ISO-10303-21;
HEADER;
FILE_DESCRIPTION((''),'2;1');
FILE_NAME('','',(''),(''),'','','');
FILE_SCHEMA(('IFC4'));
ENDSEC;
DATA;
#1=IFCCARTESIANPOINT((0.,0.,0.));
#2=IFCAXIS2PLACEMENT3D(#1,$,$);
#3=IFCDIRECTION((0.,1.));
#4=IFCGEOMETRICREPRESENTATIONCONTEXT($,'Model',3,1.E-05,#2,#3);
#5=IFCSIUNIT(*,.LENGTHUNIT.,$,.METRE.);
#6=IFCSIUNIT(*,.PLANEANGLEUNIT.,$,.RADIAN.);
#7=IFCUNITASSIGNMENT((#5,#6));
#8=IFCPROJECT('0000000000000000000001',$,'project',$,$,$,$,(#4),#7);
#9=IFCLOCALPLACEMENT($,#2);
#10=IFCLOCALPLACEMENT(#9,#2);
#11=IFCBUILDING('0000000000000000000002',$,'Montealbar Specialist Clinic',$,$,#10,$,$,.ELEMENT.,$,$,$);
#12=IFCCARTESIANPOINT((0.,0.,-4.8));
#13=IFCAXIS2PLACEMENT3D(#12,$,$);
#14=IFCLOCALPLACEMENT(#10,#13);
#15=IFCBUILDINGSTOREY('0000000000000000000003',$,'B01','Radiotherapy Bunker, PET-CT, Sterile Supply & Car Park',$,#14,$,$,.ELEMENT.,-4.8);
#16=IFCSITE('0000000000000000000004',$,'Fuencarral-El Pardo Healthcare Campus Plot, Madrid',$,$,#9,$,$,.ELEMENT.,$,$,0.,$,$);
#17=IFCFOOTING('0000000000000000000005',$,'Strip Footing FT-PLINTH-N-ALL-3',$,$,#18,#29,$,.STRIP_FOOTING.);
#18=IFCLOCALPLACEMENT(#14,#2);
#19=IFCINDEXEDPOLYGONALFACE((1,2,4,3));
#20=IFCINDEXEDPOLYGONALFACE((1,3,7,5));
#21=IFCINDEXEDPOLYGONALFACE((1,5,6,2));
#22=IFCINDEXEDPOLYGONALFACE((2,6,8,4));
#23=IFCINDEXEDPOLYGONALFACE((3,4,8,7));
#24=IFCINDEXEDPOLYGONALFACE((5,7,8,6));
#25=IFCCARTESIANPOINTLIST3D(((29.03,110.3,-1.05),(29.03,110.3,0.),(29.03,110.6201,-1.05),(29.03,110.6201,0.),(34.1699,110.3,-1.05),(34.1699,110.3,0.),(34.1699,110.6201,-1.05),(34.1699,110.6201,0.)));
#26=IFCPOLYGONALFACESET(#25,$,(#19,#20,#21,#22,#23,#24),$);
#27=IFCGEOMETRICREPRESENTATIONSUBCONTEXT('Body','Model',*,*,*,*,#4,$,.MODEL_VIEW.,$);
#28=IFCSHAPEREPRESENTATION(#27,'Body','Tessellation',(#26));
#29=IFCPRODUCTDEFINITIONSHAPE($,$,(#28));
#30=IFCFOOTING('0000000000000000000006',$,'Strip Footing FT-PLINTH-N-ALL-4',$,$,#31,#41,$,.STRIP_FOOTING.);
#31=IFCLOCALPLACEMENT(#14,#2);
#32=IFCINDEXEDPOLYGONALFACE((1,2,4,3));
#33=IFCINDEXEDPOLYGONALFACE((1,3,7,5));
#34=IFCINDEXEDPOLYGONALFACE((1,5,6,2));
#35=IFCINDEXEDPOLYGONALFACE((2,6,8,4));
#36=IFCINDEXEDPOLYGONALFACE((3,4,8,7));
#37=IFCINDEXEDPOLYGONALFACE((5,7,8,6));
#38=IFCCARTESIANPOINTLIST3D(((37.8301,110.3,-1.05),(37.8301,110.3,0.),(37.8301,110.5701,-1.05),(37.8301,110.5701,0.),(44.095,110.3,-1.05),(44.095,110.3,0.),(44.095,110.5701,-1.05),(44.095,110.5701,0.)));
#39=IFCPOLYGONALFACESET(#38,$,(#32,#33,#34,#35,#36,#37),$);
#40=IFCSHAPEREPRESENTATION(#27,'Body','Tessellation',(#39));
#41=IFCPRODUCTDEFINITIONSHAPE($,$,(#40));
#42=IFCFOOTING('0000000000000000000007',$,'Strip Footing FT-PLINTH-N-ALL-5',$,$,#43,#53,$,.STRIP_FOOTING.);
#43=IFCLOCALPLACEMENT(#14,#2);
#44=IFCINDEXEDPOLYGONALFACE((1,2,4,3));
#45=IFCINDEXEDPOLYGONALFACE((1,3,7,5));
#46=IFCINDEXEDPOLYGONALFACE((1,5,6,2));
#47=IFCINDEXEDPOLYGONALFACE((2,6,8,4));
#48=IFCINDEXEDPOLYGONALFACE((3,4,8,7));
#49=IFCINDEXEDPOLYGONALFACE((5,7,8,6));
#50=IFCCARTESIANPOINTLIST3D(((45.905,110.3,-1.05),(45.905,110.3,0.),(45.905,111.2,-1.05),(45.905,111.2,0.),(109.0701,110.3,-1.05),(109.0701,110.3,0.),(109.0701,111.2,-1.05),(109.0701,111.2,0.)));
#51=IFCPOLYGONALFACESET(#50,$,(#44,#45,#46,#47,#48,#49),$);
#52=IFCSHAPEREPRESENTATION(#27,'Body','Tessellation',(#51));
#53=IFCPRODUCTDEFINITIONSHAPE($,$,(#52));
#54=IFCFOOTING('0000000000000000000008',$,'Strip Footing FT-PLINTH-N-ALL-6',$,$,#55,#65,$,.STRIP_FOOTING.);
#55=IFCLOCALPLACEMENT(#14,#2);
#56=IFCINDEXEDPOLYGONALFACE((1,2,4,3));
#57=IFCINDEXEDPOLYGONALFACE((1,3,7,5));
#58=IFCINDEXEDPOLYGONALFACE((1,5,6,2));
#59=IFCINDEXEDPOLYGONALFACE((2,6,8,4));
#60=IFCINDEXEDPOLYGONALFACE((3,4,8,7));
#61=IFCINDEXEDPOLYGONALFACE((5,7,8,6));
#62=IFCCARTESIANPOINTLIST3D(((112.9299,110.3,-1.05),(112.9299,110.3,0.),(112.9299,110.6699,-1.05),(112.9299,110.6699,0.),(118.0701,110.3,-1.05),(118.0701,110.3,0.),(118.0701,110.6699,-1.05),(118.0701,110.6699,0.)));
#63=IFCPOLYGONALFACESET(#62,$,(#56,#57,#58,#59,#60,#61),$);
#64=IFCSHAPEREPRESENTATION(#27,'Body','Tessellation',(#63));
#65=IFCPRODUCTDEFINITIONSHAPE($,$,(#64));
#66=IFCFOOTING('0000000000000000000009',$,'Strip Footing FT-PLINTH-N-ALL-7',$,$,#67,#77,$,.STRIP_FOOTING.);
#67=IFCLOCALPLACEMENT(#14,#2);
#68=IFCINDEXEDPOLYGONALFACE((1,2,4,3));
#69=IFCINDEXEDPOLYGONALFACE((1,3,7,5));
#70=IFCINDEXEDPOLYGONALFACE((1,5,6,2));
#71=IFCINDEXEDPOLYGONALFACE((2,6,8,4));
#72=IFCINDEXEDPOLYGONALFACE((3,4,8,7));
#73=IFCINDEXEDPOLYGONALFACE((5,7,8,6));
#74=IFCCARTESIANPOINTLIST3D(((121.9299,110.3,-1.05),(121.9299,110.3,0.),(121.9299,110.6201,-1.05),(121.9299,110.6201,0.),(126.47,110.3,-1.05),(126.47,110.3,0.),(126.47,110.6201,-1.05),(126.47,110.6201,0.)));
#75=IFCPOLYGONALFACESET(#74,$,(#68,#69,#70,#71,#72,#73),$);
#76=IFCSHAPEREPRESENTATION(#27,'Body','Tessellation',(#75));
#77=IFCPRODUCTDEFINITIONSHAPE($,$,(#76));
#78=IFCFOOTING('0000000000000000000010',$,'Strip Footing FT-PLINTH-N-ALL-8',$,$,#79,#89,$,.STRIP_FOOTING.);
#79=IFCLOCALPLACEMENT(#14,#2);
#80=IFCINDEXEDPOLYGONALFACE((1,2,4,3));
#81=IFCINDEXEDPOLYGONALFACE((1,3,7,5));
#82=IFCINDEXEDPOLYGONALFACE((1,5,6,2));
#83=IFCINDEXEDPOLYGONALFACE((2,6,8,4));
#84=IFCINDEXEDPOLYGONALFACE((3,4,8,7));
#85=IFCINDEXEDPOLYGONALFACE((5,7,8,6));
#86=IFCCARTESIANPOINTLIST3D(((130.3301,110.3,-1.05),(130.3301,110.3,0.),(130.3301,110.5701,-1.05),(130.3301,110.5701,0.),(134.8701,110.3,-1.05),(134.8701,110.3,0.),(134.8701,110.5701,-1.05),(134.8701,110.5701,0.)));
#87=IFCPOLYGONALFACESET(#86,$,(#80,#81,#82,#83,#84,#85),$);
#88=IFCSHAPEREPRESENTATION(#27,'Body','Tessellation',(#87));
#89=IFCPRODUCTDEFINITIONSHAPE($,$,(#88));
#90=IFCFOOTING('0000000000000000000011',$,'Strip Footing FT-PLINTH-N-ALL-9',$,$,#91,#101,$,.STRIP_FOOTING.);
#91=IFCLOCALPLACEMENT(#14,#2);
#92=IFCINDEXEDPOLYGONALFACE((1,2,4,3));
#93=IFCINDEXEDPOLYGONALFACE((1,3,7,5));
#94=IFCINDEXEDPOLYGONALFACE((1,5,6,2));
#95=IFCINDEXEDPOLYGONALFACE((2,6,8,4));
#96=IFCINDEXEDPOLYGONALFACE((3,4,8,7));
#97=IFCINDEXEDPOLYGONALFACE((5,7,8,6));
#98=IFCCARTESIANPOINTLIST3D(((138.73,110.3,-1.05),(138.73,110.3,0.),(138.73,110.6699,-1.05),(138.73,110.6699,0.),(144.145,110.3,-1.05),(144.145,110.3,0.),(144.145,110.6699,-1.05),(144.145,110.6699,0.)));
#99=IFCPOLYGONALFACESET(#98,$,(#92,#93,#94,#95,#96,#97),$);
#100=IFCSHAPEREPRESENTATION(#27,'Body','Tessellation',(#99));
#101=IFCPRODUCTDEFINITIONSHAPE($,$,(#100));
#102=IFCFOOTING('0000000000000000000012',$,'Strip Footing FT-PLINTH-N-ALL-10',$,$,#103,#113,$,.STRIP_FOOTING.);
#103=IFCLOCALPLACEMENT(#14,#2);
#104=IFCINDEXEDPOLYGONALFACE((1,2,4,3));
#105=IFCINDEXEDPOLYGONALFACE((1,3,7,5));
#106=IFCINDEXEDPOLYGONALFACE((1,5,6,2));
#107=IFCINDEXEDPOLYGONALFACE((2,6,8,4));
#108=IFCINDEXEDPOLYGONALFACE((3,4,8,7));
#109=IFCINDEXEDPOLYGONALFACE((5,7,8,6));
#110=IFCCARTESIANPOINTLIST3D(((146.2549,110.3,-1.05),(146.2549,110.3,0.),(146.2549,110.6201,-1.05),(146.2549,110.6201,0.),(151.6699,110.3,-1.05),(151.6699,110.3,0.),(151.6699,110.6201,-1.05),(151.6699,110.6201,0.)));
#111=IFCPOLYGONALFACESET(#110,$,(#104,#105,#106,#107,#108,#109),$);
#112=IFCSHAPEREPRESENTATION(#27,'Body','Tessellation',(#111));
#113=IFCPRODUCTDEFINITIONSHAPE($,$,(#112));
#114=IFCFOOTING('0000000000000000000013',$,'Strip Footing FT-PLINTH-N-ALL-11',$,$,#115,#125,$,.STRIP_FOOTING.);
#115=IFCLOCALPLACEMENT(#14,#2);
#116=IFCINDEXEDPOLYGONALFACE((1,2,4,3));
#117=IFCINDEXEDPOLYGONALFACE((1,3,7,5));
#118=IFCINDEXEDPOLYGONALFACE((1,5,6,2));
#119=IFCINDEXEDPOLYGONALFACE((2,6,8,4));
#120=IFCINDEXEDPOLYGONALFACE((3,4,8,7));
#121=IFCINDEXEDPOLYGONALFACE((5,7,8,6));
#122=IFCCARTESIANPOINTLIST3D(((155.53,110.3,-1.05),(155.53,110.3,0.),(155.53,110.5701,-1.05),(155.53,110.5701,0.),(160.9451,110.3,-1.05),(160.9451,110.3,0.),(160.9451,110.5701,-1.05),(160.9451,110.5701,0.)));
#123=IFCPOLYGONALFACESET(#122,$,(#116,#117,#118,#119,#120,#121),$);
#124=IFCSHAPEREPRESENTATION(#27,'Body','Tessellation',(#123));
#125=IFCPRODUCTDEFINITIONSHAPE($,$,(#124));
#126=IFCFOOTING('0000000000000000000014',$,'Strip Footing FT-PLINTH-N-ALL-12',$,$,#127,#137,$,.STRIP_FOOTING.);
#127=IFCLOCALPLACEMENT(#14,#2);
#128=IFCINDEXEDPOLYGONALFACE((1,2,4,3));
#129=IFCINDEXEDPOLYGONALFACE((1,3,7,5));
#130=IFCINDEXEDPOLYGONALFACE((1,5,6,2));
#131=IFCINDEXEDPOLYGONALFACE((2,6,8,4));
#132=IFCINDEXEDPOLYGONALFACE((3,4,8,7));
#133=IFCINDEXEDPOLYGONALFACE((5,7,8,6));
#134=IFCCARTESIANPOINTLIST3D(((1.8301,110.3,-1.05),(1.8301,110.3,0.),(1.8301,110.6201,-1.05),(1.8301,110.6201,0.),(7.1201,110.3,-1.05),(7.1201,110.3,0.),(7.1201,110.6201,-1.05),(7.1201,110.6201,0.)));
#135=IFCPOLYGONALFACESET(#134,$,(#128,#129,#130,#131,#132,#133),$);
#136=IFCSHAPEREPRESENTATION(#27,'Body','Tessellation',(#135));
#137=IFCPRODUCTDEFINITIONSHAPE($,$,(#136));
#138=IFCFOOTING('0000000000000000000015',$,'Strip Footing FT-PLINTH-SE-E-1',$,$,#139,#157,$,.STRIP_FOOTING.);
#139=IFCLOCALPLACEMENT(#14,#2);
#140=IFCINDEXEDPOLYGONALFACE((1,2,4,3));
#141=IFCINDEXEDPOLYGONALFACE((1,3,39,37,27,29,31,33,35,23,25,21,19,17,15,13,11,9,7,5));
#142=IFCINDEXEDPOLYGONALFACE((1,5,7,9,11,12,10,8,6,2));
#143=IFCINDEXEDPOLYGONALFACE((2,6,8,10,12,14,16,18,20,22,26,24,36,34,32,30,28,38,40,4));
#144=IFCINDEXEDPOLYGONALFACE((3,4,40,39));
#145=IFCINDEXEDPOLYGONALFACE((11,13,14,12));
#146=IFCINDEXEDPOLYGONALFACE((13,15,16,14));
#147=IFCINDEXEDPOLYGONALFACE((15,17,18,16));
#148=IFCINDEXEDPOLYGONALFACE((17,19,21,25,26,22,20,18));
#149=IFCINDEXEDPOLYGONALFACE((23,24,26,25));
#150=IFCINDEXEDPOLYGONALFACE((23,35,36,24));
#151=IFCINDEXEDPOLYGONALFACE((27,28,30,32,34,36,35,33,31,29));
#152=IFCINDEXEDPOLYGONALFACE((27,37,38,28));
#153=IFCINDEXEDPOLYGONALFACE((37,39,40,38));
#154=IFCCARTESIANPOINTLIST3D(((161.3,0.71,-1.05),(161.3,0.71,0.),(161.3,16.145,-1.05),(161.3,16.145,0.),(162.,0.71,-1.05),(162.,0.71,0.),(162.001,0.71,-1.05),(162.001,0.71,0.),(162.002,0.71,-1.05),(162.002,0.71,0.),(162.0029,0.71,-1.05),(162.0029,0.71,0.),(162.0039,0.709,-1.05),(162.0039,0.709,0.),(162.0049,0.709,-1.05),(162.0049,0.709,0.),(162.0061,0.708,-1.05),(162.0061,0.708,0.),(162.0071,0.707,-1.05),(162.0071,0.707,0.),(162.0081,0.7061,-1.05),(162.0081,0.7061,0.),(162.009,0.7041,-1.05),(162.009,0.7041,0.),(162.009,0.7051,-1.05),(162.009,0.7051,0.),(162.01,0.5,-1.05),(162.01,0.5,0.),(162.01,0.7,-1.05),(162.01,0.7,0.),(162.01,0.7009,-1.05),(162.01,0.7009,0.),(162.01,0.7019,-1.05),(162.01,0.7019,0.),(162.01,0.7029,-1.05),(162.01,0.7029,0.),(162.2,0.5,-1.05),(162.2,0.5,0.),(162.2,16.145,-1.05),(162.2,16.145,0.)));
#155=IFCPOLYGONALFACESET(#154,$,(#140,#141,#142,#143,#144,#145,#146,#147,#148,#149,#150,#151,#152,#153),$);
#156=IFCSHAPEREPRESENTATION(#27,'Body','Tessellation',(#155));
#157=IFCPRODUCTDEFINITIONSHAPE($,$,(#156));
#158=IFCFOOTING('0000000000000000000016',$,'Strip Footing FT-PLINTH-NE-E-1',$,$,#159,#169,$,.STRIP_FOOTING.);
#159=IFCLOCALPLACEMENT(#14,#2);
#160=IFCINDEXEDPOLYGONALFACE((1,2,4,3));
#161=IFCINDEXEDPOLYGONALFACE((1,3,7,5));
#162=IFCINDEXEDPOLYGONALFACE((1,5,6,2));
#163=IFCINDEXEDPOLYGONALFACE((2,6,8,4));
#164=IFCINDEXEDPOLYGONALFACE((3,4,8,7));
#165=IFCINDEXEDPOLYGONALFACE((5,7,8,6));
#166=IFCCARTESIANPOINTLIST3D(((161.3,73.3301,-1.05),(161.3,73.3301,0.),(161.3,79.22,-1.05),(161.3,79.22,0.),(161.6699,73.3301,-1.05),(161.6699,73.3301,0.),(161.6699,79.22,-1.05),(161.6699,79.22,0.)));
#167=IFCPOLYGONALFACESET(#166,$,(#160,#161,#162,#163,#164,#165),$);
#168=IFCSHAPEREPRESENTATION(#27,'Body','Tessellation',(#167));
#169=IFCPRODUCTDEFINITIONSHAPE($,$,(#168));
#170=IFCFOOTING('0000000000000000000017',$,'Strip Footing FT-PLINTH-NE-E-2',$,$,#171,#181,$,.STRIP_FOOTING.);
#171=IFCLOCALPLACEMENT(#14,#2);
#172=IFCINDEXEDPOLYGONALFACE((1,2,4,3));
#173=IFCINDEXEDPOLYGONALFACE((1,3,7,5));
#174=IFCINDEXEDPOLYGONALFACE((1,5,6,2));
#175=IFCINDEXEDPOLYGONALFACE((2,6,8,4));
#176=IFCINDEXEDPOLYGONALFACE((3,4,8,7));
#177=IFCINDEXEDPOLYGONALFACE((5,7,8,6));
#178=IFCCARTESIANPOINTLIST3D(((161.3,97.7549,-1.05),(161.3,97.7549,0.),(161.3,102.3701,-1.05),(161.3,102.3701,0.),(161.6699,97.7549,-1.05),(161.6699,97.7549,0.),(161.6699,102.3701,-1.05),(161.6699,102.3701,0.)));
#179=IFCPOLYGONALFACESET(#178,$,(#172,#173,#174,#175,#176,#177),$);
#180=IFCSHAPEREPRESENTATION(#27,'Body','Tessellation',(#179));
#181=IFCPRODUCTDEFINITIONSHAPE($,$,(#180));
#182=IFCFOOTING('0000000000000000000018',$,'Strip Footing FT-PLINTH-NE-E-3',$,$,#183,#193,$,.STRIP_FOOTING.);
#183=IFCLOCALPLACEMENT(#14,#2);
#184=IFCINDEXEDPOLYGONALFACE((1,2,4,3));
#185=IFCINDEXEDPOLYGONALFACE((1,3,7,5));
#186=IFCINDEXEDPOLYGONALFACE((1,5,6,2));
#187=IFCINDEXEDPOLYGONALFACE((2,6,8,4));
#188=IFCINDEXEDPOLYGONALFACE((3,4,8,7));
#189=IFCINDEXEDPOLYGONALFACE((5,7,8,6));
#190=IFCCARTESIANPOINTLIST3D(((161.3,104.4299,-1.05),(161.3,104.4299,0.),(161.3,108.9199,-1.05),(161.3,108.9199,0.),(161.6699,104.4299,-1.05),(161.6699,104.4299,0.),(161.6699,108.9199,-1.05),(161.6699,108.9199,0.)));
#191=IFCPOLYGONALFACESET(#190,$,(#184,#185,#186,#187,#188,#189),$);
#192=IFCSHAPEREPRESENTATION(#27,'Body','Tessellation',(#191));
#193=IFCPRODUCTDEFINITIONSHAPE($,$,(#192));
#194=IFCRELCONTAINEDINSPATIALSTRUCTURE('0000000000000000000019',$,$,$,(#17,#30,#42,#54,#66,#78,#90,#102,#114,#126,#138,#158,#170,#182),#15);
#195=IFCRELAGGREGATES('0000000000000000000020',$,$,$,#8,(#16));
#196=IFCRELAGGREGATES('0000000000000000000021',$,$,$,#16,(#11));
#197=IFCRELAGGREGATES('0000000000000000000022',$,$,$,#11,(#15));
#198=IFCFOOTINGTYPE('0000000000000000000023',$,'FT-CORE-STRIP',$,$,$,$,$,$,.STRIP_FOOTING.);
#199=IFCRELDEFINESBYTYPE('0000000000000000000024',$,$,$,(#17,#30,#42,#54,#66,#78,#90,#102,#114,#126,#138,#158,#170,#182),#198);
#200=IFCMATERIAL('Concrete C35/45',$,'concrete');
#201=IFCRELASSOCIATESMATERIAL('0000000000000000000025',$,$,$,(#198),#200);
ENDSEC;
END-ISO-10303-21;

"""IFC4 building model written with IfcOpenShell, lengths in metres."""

from ifc_helpers import new_model, si_unit, direction, frame, origin, place, context, subcontext, project, spatial, polyline, outline, extrude, material, type_object, element, save


model = new_model("IFC4")

# Units and contexts
model_context = context("Model", 3, precision=1e-05, world=origin(), true_north=direction((0.0, 1.0)))
body_context = subcontext(model_context, "Body", "Model", "MODEL_VIEW")
ifc_project = project(units=[si_unit("LENGTHUNIT", "METRE"), si_unit("PLANEANGLEUNIT", "RADIAN")], contexts=[model_context])

# Site, building, storey
site_placement = place(None, origin())
site = spatial("IfcSite", under=ifc_project, at=site_placement, Name="Fuencarral-El Pardo Healthcare Campus Plot, Madrid", CompositionType="ELEMENT", RefElevation=0.0)
building_placement = place(site_placement, origin())
building = spatial("IfcBuilding", under=site, at=building_placement, Name="Montealbar Specialist Clinic", CompositionType="ELEMENT")
storey_placement = place(building_placement, frame((0.0, 0.0, -4.8)))
storey = spatial("IfcBuildingStorey", under=building, at=storey_placement, Name="B01", Description="Radiotherapy Bunker, PET-CT, Sterile Supply & Car Park", CompositionType="ELEMENT", Elevation=-4.8)

# Footings
ifc_material = material(Name="Concrete C35/45", Category="concrete")
footing_type_1 = type_object("IfcFootingType", Name="FT-CORE-STRIP", PredefinedType="STRIP_FOOTING", material=ifc_material)
footing_1_placement = place(storey_placement, frame((0.0, 0.0, -1.05)))
element("IfcFooting", 1, at=footing_1_placement, inside=storey, type_object=footing_type_1, Name="Strip Footing FT-PLINTH-N-ALL-3", PredefinedType="STRIP_FOOTING", context=body_context, shape_type="SweptSolid", body=[
    extrude(outline(polyline([(29.03, 110.6201), (34.1699, 110.6201), (34.1699, 110.3), (29.03, 110.3), (29.03, 110.6201)])), origin(), (0.0, 0.0, 1.0), 1.05),
])
footing_2_placement = place(storey_placement, frame((0.0, 0.0, -1.05)))
element("IfcFooting", 2, at=footing_2_placement, inside=storey, type_object=footing_type_1, Name="Strip Footing FT-PLINTH-N-ALL-4", PredefinedType="STRIP_FOOTING", context=body_context, shape_type="SweptSolid", body=[
    extrude(outline(polyline([(44.095, 110.5701), (44.095, 110.3), (37.8301, 110.3), (37.8301, 110.5701), (44.095, 110.5701)])), origin(), (0.0, 0.0, 1.0), 1.05),
])
footing_3_placement = place(storey_placement, frame((0.0, 0.0, -1.05)))
element("IfcFooting", 3, at=footing_3_placement, inside=storey, type_object=footing_type_1, Name="Strip Footing FT-PLINTH-N-ALL-5", PredefinedType="STRIP_FOOTING", context=body_context, shape_type="SweptSolid", body=[
    extrude(outline(polyline([(109.0701, 110.3), (45.905, 110.3), (45.905, 111.2), (109.0701, 111.2), (109.0701, 110.3)])), origin(), (0.0, 0.0, 1.0), 1.05),
])
footing_4_placement = place(storey_placement, frame((0.0, 0.0, -1.05)))
element("IfcFooting", 4, at=footing_4_placement, inside=storey, type_object=footing_type_1, Name="Strip Footing FT-PLINTH-N-ALL-6", PredefinedType="STRIP_FOOTING", context=body_context, shape_type="SweptSolid", body=[
    extrude(outline(polyline([(112.9299, 110.3), (112.9299, 110.6699), (118.0701, 110.6699), (118.0701, 110.3), (112.9299, 110.3)])), origin(), (0.0, 0.0, 1.0), 1.05),
])
footing_5_placement = place(storey_placement, frame((0.0, 0.0, -1.05)))
element("IfcFooting", 5, at=footing_5_placement, inside=storey, type_object=footing_type_1, Name="Strip Footing FT-PLINTH-N-ALL-7", PredefinedType="STRIP_FOOTING", context=body_context, shape_type="SweptSolid", body=[
    extrude(outline(polyline([(121.9299, 110.3), (121.9299, 110.6201), (126.47, 110.6201), (126.47, 110.3), (121.9299, 110.3)])), origin(), (0.0, 0.0, 1.0), 1.05),
])
footing_6_placement = place(storey_placement, frame((0.0, 0.0, -1.05)))
element("IfcFooting", 6, at=footing_6_placement, inside=storey, type_object=footing_type_1, Name="Strip Footing FT-PLINTH-N-ALL-8", PredefinedType="STRIP_FOOTING", context=body_context, shape_type="SweptSolid", body=[
    extrude(outline(polyline([(130.3301, 110.5701), (134.8701, 110.5701), (134.8701, 110.3), (130.3301, 110.3), (130.3301, 110.5701)])), origin(), (0.0, 0.0, 1.0), 1.05),
])
footing_7_placement = place(storey_placement, frame((0.0, 0.0, -1.05)))
element("IfcFooting", 7, at=footing_7_placement, inside=storey, type_object=footing_type_1, Name="Strip Footing FT-PLINTH-N-ALL-9", PredefinedType="STRIP_FOOTING", context=body_context, shape_type="SweptSolid", body=[
    extrude(outline(polyline([(138.73, 110.3), (138.73, 110.6699), (144.145, 110.6699), (144.145, 110.3), (138.73, 110.3)])), origin(), (0.0, 0.0, 1.0), 1.05),
])
footing_8_placement = place(storey_placement, frame((0.0, 0.0, -1.05)))
element("IfcFooting", 8, at=footing_8_placement, inside=storey, type_object=footing_type_1, Name="Strip Footing FT-PLINTH-N-ALL-10", PredefinedType="STRIP_FOOTING", context=body_context, shape_type="SweptSolid", body=[
    extrude(outline(polyline([(146.2549, 110.3), (146.2549, 110.6201), (151.6699, 110.6201), (151.6699, 110.3), (146.2549, 110.3)])), origin(), (0.0, 0.0, 1.0), 1.05),
])
footing_9_placement = place(storey_placement, frame((0.0, 0.0, -1.05)))
element("IfcFooting", 9, at=footing_9_placement, inside=storey, type_object=footing_type_1, Name="Strip Footing FT-PLINTH-N-ALL-11", PredefinedType="STRIP_FOOTING", context=body_context, shape_type="SweptSolid", body=[
    extrude(outline(polyline([(155.53, 110.3), (155.53, 110.5701), (160.9451, 110.5701), (160.9451, 110.3), (155.53, 110.3)])), origin(), (0.0, 0.0, 1.0), 1.05),
])
footing_10_placement = place(storey_placement, frame((0.0, 0.0, -1.05)))
element("IfcFooting", 10, at=footing_10_placement, inside=storey, type_object=footing_type_1, Name="Strip Footing FT-PLINTH-N-ALL-12", PredefinedType="STRIP_FOOTING", context=body_context, shape_type="SweptSolid", body=[
    extrude(outline(polyline([(1.8301, 110.3), (1.8301, 110.6201), (7.1201, 110.6201), (7.1201, 110.3), (1.8301, 110.3)])), origin(), (0.0, 0.0, 1.0), 1.05),
])
footing_11_placement = place(storey_placement, frame((0.0, 0.0, -1.05)))
element("IfcFooting", 11, at=footing_11_placement, inside=storey, type_object=footing_type_1, Name="Strip Footing FT-PLINTH-SE-E-1", PredefinedType="STRIP_FOOTING", context=body_context, shape_type="SweptSolid", body=[
    extrude(outline(polyline([(162.0029, 0.71), (162.002, 0.71), (162.001, 0.71), (162.0, 0.71), (161.3, 0.71), (161.3, 16.145), (162.2, 16.145), (162.2, 0.5), (162.01, 0.5), (162.01, 0.7), (162.01, 0.7009), (162.01, 0.7019), (162.01, 0.7029), (162.009, 0.7041), (162.009, 0.7051), (162.0081, 0.7061), (162.0081, 0.7061), (162.0071, 0.707), (162.0061, 0.708), (162.0061, 0.708), (162.0049, 0.709), (162.0039, 0.709), (162.0029, 0.71)])), origin(), (0.0, 0.0, 1.0), 1.05),
])
footing_12_placement = place(storey_placement, frame((0.0, 0.0, -1.05)))
element("IfcFooting", 12, at=footing_12_placement, inside=storey, type_object=footing_type_1, Name="Strip Footing FT-PLINTH-NE-E-1", PredefinedType="STRIP_FOOTING", context=body_context, shape_type="SweptSolid", body=[
    extrude(outline(polyline([(161.3, 73.3301), (161.3, 79.22), (161.6699, 79.22), (161.6699, 73.3301), (161.3, 73.3301)])), origin(), (0.0, 0.0, 1.0), 1.05),
])
footing_13_placement = place(storey_placement, frame((0.0, 0.0, -1.05)))
element("IfcFooting", 13, at=footing_13_placement, inside=storey, type_object=footing_type_1, Name="Strip Footing FT-PLINTH-NE-E-2", PredefinedType="STRIP_FOOTING", context=body_context, shape_type="SweptSolid", body=[
    extrude(outline(polyline([(161.3, 102.3701), (161.6699, 102.3701), (161.6699, 97.7549), (161.3, 97.7549), (161.3, 102.3701)])), origin(), (0.0, 0.0, 1.0), 1.05),
])
footing_14_placement = place(storey_placement, frame((0.0, 0.0, -1.05)))
element("IfcFooting", 14, at=footing_14_placement, inside=storey, type_object=footing_type_1, Name="Strip Footing FT-PLINTH-NE-E-3", PredefinedType="STRIP_FOOTING", context=body_context, shape_type="SweptSolid", body=[
    extrude(outline(polyline([(161.6699, 108.9199), (161.6699, 104.4299), (161.3, 104.4299), (161.3, 108.9199), (161.6699, 108.9199)])), origin(), (0.0, 0.0, 1.0), 1.05),
])

save(model, "model.ifc")
